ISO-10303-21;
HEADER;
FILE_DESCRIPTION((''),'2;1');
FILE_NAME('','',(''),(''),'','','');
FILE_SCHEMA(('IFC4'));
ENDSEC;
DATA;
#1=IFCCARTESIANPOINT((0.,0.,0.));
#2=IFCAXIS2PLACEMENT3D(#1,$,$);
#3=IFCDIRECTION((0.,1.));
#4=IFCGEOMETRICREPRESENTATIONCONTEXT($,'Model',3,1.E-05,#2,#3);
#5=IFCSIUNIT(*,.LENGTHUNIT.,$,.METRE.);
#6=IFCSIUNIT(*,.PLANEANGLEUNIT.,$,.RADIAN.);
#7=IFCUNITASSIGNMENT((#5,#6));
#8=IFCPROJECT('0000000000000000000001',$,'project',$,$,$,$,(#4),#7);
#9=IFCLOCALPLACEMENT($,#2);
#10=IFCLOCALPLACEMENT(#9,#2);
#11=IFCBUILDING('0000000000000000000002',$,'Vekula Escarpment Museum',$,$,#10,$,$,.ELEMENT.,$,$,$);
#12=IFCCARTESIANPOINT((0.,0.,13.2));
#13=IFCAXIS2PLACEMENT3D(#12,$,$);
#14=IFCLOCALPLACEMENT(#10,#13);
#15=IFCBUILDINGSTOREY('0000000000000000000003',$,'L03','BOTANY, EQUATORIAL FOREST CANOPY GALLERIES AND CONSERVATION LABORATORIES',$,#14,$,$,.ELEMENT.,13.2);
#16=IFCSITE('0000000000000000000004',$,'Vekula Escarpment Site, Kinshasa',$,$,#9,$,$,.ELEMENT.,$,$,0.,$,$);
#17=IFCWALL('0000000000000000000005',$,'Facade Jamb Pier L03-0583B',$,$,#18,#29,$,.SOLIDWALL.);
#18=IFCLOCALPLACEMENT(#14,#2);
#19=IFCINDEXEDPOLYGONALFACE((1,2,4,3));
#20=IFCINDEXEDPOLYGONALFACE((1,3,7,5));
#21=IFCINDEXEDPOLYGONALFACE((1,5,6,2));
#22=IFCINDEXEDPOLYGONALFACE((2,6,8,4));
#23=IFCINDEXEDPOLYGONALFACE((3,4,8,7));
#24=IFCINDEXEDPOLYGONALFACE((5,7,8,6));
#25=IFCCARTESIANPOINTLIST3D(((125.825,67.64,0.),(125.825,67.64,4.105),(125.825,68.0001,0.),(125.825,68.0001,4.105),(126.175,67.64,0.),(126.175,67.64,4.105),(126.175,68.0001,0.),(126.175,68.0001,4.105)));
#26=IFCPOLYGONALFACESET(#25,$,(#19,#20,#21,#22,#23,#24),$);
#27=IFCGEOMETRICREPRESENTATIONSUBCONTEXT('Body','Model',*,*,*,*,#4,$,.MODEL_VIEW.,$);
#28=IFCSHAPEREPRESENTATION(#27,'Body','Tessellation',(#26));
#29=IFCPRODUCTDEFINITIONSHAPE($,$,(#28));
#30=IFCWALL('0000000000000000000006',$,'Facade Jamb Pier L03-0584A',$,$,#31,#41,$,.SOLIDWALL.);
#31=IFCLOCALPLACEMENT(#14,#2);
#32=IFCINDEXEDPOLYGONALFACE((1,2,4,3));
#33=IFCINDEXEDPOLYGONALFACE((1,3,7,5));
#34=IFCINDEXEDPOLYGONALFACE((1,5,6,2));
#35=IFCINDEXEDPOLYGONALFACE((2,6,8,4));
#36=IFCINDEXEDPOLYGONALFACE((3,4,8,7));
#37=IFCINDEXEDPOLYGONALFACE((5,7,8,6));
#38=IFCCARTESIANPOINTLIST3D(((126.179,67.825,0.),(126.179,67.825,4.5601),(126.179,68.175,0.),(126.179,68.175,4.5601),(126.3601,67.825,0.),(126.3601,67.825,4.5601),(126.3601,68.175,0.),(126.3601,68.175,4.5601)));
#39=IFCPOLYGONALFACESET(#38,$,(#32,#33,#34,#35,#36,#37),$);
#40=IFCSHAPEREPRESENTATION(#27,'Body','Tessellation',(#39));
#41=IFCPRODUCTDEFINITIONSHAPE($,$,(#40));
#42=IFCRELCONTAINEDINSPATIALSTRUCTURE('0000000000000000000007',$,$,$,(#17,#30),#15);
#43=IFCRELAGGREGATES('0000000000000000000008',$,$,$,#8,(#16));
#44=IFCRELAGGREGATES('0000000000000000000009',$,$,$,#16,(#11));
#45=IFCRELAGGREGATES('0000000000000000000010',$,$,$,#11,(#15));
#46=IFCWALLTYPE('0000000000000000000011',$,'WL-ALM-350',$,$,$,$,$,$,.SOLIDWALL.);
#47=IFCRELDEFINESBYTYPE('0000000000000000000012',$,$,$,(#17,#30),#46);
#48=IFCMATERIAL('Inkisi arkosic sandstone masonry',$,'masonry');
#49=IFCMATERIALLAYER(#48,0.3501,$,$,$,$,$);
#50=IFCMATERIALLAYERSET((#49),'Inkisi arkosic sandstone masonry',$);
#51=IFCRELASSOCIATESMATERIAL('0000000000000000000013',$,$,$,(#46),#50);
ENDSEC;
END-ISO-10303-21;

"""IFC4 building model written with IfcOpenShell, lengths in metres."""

from ifc_helpers import new_model, si_unit, direction, frame, frame_2d, origin, place, context, subcontext, project, spatial, rectangle, extrude, material, layer, layer_set, type_object, element, save


model = new_model("IFC4")

# Units and contexts
model_context = context("Model", 3, precision=1e-05, world=origin(), true_north=direction((0.0, 1.0)))
body_context = subcontext(model_context, "Body", "Model", "MODEL_VIEW")
ifc_project = project(units=[si_unit("LENGTHUNIT", "METRE"), si_unit("PLANEANGLEUNIT", "RADIAN")], contexts=[model_context])

# Site, building, storey
site_placement = place(None, origin())
site = spatial("IfcSite", under=ifc_project, at=site_placement, Name="Vekula Escarpment Site, Kinshasa", CompositionType="ELEMENT", RefElevation=0.0)
building_placement = place(site_placement, origin())
building = spatial("IfcBuilding", under=site, at=building_placement, Name="Vekula Escarpment Museum", CompositionType="ELEMENT")
storey_placement = place(building_placement, frame((0.0, 0.0, 13.2)))
storey = spatial("IfcBuildingStorey", under=building, at=storey_placement, Name="L03", Description="BOTANY, EQUATORIAL FOREST CANOPY GALLERIES AND CONSERVATION LABORATORIES", CompositionType="ELEMENT", Elevation=13.2)

# Walls
ifc_material_1 = material(Name="Inkisi arkosic sandstone masonry", Category="masonry")
ifc_layer_1 = layer(ifc_material_1, 0.3501)
ifc_layer_set_1 = layer_set([ifc_layer_1], Name="Inkisi arkosic sandstone masonry")
wall_type = type_object("IfcWallType", Name="WL-ALM-350", PredefinedType="SOLIDWALL", material=ifc_layer_set_1)
wall_1_placement = place(storey_placement, frame((126.0, 67.6399, 0.0), z_axis=(0.0, 0.0, 1.0), x_axis=(0.0, 1.0, 0.0)))
element("IfcWall", 1, at=wall_1_placement, inside=storey, type_object=wall_type, Name="Facade Jamb Pier L03-0583B", PredefinedType="SOLIDWALL", context=body_context, shape_type="SweptSolid", body=[
    extrude(rectangle(XDim=0.3601, YDim=0.3501, at=frame_2d((0.1802, 0.0))), origin(), (0.0, 0.0, 1.0), 4.105),
])
wall_2_placement = place(storey_placement, frame((126.179, 68.0, 0.0), z_axis=(0.0, 0.0, 1.0), x_axis=(1.0, 0.0, 0.0)))
element("IfcWall", 2, at=wall_2_placement, inside=storey, type_object=wall_type, Name="Facade Jamb Pier L03-0584A", PredefinedType="SOLIDWALL", context=body_context, shape_type="SweptSolid", body=[
    extrude(rectangle(XDim=0.1812, YDim=0.3501, at=frame_2d((0.0906, 0.0))), origin(), (0.0, 0.0, 1.0), 4.5601),
])

save(model, "model.ifc")
